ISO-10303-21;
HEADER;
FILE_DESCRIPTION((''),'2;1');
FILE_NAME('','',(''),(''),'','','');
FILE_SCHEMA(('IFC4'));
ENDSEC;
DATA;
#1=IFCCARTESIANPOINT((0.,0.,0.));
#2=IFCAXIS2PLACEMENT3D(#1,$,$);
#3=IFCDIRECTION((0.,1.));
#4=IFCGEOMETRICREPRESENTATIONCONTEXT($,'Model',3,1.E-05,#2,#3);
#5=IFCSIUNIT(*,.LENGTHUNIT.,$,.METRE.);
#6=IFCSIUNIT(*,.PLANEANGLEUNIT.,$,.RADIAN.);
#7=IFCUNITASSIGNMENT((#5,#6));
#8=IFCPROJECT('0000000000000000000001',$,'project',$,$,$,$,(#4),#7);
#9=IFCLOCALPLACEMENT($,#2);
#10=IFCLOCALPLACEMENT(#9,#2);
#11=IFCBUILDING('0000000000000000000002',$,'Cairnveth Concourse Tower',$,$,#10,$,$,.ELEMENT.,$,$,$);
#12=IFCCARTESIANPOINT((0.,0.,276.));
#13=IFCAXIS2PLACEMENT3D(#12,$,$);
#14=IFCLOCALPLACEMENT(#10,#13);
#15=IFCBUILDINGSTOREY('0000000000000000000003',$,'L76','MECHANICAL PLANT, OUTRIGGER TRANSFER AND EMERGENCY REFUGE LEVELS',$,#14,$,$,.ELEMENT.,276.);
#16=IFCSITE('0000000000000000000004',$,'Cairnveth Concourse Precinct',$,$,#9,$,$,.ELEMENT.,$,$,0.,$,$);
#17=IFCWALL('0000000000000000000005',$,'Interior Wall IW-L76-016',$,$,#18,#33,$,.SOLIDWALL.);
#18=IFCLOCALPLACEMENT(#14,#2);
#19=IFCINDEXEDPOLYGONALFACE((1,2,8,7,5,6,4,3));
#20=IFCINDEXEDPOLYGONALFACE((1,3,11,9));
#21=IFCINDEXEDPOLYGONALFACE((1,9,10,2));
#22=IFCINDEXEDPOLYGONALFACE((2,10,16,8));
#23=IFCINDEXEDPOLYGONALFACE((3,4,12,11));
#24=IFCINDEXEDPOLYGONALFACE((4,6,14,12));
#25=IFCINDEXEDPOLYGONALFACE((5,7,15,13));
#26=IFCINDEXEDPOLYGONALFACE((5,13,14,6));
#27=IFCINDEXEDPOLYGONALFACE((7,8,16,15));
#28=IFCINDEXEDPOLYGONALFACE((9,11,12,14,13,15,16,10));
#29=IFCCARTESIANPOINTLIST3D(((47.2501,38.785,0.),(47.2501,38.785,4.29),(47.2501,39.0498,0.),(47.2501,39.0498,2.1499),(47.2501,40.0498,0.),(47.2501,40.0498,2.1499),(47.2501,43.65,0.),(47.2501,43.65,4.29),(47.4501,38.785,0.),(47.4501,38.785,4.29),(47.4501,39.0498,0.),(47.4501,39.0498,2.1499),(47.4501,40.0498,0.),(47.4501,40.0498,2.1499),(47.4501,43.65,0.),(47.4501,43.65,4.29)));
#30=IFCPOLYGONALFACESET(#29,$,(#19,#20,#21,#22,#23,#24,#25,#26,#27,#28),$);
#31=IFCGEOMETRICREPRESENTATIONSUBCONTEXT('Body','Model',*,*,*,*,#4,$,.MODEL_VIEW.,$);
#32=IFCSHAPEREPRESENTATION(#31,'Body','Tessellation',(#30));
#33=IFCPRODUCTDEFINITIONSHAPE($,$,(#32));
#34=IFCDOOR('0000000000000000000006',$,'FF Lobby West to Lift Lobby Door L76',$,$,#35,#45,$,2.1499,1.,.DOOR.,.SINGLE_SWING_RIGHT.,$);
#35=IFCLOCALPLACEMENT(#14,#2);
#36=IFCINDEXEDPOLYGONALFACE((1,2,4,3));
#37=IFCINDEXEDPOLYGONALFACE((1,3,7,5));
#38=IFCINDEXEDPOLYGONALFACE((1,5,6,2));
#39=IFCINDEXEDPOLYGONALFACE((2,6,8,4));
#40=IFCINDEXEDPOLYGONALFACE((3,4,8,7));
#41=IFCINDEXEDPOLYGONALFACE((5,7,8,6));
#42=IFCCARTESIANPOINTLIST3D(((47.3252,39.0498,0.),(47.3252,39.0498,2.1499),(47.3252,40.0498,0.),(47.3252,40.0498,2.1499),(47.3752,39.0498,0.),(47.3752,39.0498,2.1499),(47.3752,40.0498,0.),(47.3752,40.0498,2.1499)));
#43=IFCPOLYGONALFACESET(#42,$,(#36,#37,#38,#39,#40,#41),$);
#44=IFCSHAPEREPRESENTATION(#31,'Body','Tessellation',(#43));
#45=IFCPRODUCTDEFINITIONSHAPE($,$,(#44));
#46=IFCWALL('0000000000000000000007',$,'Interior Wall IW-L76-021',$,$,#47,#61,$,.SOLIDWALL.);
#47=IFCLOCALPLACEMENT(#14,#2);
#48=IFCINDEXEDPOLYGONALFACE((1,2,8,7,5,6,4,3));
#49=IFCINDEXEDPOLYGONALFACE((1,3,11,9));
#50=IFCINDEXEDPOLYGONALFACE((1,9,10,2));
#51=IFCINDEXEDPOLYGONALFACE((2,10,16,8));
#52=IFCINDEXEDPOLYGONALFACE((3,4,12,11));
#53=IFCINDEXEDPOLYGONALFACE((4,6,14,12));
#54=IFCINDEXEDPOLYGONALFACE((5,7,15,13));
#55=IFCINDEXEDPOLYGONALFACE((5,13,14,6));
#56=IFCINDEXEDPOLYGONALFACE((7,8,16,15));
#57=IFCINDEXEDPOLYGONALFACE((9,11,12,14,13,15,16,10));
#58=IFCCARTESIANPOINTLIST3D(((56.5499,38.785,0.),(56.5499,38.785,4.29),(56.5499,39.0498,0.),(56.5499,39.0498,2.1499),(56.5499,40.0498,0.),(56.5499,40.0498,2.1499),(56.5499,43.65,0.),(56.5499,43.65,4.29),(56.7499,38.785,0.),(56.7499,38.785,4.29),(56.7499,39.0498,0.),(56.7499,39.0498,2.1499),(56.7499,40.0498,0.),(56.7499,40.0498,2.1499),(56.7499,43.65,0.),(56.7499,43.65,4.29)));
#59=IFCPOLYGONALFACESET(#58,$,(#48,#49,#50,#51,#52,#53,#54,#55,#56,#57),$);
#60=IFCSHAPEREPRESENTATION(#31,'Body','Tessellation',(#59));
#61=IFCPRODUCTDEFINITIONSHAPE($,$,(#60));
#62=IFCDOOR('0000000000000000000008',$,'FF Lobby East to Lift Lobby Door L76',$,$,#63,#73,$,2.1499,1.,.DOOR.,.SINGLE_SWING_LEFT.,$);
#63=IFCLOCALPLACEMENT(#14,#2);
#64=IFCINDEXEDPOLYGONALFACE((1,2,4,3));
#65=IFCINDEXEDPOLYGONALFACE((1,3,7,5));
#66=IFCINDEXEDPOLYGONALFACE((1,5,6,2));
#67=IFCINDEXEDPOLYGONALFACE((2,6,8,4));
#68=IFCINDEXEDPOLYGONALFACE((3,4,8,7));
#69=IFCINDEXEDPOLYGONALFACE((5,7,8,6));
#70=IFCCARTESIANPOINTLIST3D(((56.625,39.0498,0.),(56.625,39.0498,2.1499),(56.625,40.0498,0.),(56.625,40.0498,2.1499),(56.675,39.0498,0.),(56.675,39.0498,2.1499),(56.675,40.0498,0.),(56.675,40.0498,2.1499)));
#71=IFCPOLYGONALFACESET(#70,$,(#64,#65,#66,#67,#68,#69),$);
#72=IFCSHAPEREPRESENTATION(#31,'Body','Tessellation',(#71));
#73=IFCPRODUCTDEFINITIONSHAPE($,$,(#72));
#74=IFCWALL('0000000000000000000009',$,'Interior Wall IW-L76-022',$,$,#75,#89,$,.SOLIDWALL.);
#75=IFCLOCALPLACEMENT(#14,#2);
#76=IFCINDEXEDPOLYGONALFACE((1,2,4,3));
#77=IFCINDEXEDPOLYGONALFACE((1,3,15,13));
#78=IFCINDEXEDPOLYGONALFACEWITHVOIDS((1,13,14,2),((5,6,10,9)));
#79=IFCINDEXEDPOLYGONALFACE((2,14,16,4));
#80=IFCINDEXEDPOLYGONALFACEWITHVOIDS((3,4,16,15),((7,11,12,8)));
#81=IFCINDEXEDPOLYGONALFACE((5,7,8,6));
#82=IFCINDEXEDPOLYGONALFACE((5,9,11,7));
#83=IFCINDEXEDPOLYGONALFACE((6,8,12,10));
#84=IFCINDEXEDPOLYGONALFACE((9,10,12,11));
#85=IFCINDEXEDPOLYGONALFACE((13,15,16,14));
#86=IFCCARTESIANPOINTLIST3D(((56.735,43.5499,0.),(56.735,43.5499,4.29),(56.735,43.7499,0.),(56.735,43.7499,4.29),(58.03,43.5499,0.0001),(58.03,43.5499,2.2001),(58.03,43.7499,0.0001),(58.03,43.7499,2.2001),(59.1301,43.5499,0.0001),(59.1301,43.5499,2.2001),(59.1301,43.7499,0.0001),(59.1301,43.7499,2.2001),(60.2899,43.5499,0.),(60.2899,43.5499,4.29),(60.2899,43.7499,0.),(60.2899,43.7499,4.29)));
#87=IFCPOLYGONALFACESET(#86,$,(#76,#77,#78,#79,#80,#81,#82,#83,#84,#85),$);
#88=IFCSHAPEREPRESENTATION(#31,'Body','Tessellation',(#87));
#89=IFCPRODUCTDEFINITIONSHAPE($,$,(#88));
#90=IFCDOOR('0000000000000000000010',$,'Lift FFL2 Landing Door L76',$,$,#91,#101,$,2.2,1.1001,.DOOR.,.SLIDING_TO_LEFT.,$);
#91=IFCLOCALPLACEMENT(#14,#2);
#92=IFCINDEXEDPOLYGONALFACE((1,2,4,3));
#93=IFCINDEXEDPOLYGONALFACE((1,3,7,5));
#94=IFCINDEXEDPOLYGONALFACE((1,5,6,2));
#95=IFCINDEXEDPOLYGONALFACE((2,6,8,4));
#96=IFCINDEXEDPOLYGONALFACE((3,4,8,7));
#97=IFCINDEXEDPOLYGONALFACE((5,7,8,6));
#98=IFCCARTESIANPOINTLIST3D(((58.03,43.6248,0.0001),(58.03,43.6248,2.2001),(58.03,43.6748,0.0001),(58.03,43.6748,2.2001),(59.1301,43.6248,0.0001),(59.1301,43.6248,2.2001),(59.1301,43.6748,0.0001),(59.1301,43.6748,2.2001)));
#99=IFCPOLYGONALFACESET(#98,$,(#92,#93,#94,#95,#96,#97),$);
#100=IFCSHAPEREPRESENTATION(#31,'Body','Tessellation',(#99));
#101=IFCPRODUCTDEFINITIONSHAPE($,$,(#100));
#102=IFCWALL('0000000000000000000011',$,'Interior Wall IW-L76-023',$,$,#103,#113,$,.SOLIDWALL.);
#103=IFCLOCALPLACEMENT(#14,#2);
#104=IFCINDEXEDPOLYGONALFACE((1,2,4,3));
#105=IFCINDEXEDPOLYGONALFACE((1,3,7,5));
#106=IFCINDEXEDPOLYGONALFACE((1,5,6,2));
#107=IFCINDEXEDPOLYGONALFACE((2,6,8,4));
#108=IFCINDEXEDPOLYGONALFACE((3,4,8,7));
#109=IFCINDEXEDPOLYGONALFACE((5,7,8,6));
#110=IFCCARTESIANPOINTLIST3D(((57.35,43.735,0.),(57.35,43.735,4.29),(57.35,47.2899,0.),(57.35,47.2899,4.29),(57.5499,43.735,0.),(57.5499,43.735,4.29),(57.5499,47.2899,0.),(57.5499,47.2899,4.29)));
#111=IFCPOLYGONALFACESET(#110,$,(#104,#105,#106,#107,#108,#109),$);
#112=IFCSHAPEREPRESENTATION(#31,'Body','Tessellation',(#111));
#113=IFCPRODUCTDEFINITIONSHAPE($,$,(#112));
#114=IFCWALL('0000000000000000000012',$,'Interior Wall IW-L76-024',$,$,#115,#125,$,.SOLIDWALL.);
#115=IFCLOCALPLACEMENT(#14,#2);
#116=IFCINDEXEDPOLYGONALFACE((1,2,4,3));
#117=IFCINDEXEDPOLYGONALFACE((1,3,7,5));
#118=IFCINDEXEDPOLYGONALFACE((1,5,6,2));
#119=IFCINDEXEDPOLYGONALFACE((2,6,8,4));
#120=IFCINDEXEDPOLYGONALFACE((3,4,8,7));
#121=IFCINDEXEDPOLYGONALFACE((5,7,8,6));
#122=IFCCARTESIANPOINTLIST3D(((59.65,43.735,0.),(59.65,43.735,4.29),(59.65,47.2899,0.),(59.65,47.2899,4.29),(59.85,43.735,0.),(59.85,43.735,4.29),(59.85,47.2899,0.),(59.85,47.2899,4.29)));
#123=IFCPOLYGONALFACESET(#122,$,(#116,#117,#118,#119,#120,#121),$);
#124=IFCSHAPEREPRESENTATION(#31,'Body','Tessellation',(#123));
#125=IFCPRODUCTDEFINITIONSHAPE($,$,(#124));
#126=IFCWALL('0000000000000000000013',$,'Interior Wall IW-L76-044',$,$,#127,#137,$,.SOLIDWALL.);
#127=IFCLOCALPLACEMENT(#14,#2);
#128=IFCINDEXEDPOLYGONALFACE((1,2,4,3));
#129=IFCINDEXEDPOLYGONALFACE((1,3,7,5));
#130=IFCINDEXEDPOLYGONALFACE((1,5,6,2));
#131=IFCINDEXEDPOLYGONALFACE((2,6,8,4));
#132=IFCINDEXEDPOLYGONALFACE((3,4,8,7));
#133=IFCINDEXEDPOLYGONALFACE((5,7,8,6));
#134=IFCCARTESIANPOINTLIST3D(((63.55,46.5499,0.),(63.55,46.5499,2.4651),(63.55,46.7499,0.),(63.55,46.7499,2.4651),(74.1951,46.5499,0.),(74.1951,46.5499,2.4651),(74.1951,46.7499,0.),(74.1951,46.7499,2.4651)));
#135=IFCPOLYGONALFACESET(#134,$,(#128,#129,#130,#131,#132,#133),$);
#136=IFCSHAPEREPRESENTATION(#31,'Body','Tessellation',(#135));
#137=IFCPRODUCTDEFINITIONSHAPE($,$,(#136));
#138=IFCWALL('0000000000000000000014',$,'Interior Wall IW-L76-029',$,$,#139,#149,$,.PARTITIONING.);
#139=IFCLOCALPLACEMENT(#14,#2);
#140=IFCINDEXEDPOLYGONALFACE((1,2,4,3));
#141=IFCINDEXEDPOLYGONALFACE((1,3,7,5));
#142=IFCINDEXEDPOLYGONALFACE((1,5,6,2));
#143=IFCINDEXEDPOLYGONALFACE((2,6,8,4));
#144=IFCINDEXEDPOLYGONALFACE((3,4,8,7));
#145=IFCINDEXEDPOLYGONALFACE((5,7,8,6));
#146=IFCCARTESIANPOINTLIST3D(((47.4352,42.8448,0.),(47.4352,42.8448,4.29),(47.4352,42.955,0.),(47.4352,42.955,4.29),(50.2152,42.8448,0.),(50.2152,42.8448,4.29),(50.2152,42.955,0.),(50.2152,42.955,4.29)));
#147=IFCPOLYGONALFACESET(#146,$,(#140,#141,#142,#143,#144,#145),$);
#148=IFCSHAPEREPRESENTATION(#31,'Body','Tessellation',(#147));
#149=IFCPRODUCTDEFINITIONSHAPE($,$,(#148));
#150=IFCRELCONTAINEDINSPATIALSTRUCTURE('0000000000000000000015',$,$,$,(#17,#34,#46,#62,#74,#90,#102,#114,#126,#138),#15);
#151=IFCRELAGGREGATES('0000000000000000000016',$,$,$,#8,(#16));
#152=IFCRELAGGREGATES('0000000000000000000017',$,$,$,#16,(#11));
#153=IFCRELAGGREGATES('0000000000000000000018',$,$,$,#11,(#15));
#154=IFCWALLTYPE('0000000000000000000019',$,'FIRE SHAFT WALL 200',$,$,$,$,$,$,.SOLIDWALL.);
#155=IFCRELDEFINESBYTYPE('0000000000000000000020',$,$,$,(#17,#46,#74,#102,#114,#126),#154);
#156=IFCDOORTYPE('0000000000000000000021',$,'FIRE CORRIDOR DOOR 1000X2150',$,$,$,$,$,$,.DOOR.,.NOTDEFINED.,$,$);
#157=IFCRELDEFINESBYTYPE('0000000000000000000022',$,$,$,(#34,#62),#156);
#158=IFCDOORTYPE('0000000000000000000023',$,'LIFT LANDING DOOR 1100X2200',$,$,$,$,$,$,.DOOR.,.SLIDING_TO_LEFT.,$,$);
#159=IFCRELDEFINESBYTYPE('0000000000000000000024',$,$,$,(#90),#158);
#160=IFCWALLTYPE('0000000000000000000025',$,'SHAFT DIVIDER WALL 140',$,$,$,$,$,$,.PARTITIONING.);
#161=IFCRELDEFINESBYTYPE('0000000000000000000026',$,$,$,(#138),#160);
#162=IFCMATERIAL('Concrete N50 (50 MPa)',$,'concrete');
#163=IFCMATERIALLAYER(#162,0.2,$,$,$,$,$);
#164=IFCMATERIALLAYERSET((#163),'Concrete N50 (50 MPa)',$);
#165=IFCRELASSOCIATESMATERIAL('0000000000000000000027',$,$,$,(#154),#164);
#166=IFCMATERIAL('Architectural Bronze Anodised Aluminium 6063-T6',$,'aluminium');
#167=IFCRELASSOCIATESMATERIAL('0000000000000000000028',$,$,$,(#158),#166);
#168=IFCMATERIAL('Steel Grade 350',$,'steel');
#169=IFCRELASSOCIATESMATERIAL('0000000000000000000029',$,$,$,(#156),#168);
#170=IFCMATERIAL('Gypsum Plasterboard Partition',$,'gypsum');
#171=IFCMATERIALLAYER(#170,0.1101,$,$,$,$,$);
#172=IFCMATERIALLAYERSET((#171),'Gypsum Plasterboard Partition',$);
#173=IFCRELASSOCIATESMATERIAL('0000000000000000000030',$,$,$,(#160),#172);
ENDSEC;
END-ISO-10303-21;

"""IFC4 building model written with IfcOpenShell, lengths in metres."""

from ifc_helpers import new_model, si_unit, direction, frame, frame_2d, origin, place, context, subcontext, project, spatial, rectangle, extrude, material, layer, layer_set, type_object, element, fill, save


model = new_model("IFC4")

# Units and contexts
model_context = context("Model", 3, precision=1e-05, world=origin(), true_north=direction((0.0, 1.0)))
body_context = subcontext(model_context, "Body", "Model", "MODEL_VIEW")
ifc_project = project(units=[si_unit("LENGTHUNIT", "METRE"), si_unit("PLANEANGLEUNIT", "RADIAN")], contexts=[model_context])

# Site, building, storey
site_placement = place(None, origin())
site = spatial("IfcSite", under=ifc_project, at=site_placement, Name="Cairnveth Concourse Precinct", CompositionType="ELEMENT", RefElevation=0.0)
building_placement = place(site_placement, origin())
building = spatial("IfcBuilding", under=site, at=building_placement, Name="Cairnveth Concourse Tower", CompositionType="ELEMENT")
storey_placement = place(building_placement, frame((0.0, 0.0, 276.0)))
storey = spatial("IfcBuildingStorey", under=building, at=storey_placement, Name="L76", Description="MECHANICAL PLANT, OUTRIGGER TRANSFER AND EMERGENCY REFUGE LEVELS", CompositionType="ELEMENT", Elevation=276.0)

# Shared definitions
ifc_material_1 = material(Name="Steel Grade 350", Category="steel")

# Shared definitions
ifc_material_2 = material(Name="Gypsum Plasterboard Partition", Category="gypsum")
ifc_material_3 = material(Name="Concrete N50 (50 MPa)", Category="concrete")
ifc_layer_1 = layer(ifc_material_3, 0.2)
ifc_layer_set_1 = layer_set([ifc_layer_1], Name="Concrete N50 (50 MPa)")
wall_type_1 = type_object("IfcWallType", Name="FIRE SHAFT WALL 200", PredefinedType="SOLIDWALL", material=ifc_layer_set_1)

# Shared definitions
ifc_material_4 = material(Name="Architectural Bronze Anodised Aluminium 6063-T6", Category="aluminium")
door_type_1 = type_object("IfcDoorType", Name="LIFT LANDING DOOR 1100X2200", OperationType="SLIDING_TO_LEFT", PredefinedType="DOOR", material=ifc_material_4)

# Walls, openings, doors
wall_1_placement = place(storey_placement, frame((47.3501, 38.7849, 0.0), z_axis=(0.0, 0.0, 1.0), x_axis=(0.0, 1.0, 0.0)))
wall_1 = element("IfcWall", 1, at=wall_1_placement, inside=storey, type_object=wall_type_1, Name="Interior Wall IW-L76-016", PredefinedType="SOLIDWALL", context=body_context, shape_type="SweptSolid", body=[
    extrude(rectangle(XDim=4.865, YDim=0.2, at=frame_2d((2.4326, 0.0))), origin(), (0.0, 0.0, 1.0), 4.29),
])
opening_1_placement = place(wall_1_placement, frame((0.2649, 0.0, 0.0)))
opening_1 = element("IfcOpeningElement", 2, at=opening_1_placement, cuts=wall_1, PredefinedType="OPENING", context=body_context, shape_type="SweptSolid", body=[
    extrude(rectangle(XDim=1.0, YDim=2.1499, at=frame_2d((0.5, 1.075))), frame((0.0, 0.1099, 0.0), z_axis=(0.0, -1.0, 0.0), x_axis=(1.0, 0.0, 0.0)), (0.0, 0.0, 1.0), 0.22),
])
door_type_2 = type_object("IfcDoorType", Name="FIRE CORRIDOR DOOR 1000X2150", OperationType="NOTDEFINED", PredefinedType="DOOR", material=ifc_material_1)
door_1_placement = place(opening_1_placement, origin())
door_1 = element("IfcDoor", 3, at=door_1_placement, inside=storey, type_object=door_type_2, Name="FF Lobby West to Lift Lobby Door L76", OperationType="SINGLE_SWING_RIGHT", OverallHeight=2.1499, OverallWidth=1.0, PredefinedType="DOOR", context=body_context, shape_type="SweptSolid", body=[
    extrude(rectangle(XDim=1.0, YDim=2.1499, at=frame_2d((0.5, 1.075))), frame((0.0, 0.0249, 0.0), z_axis=(0.0, -1.0, 0.0), x_axis=(1.0, 0.0, 0.0)), (0.0, 0.0, 1.0), 0.05),
])
fill(opening_1, door_1)
wall_2_placement = place(storey_placement, frame((56.6499, 38.7849, 0.0), z_axis=(0.0, 0.0, 1.0), x_axis=(0.0, 1.0, 0.0)))
wall_2 = element("IfcWall", 4, at=wall_2_placement, inside=storey, type_object=wall_type_1, Name="Interior Wall IW-L76-021", PredefinedType="SOLIDWALL", context=body_context, shape_type="SweptSolid", body=[
    extrude(rectangle(XDim=4.865, YDim=0.2, at=frame_2d((2.4326, 0.0))), origin(), (0.0, 0.0, 1.0), 4.29),
])
opening_2_placement = place(wall_2_placement, frame((0.2649, 0.0, 0.0)))
opening_2 = element("IfcOpeningElement", 5, at=opening_2_placement, cuts=wall_2, PredefinedType="OPENING", context=body_context, shape_type="SweptSolid", body=[
    extrude(rectangle(XDim=1.0, YDim=2.1499, at=frame_2d((0.5, 1.075))), frame((0.0, 0.1099, 0.0), z_axis=(0.0, -1.0, 0.0), x_axis=(1.0, 0.0, 0.0)), (0.0, 0.0, 1.0), 0.22),
])
door_2_placement = place(opening_2_placement, origin())
door_2 = element("IfcDoor", 6, at=door_2_placement, inside=storey, type_object=door_type_2, Name="FF Lobby East to Lift Lobby Door L76", OperationType="SINGLE_SWING_LEFT", OverallHeight=2.1499, OverallWidth=1.0, PredefinedType="DOOR", context=body_context, shape_type="SweptSolid", body=[
    extrude(rectangle(XDim=1.0, YDim=2.1499, at=frame_2d((0.5, 1.075))), frame((0.0, 0.0249, 0.0), z_axis=(0.0, -1.0, 0.0), x_axis=(1.0, 0.0, 0.0)), (0.0, 0.0, 1.0), 0.05),
])
fill(opening_2, door_2)
wall_3_placement = place(storey_placement, frame((56.7351, 43.6499, 0.0), z_axis=(0.0, 0.0, 1.0), x_axis=(1.0, 0.0, 0.0)))
wall_3 = element("IfcWall", 7, at=wall_3_placement, inside=storey, type_object=wall_type_1, Name="Interior Wall IW-L76-022", PredefinedType="SOLIDWALL", context=body_context, shape_type="SweptSolid", body=[
    extrude(rectangle(XDim=3.5549, YDim=0.2, at=frame_2d((1.7773, 0.0))), origin(), (0.0, 0.0, 1.0), 4.29),
])
opening_3_placement = place(wall_3_placement, frame((1.2949, 0.0, 0.0)))
opening_3 = element("IfcOpeningElement", 8, at=opening_3_placement, cuts=wall_3, PredefinedType="OPENING", context=body_context, shape_type="SweptSolid", body=[
    extrude(rectangle(XDim=1.1001, YDim=2.2, at=frame_2d((0.55, 1.1001))), frame((0.0, 0.1099, 0.0), z_axis=(0.0, -1.0, 0.0), x_axis=(1.0, 0.0, 0.0)), (0.0, 0.0, 1.0), 0.22),
])
door_3_placement = place(opening_3_placement, origin())
door_3 = element("IfcDoor", 9, at=door_3_placement, inside=storey, type_object=door_type_1, Name="Lift FFL2 Landing Door L76", OperationType="SLIDING_TO_LEFT", OverallHeight=2.2, OverallWidth=1.1001, PredefinedType="DOOR", context=body_context, shape_type="SweptSolid", body=[
    extrude(rectangle(XDim=1.1001, YDim=2.2, at=frame_2d((0.55, 1.1001))), frame((0.0, 0.0249, 0.0), z_axis=(0.0, -1.0, 0.0), x_axis=(1.0, 0.0, 0.0)), (0.0, 0.0, 1.0), 0.05),
])
fill(opening_3, door_3)

# Walls
for number, where, z_axis, x_axis, name in (
    (10, (57.45, 43.7351, 0.0), (0.0, 0.0, 1.0), (0.0, 1.0, 0.0), "Interior Wall IW-L76-023"),
    (11, (59.75, 43.7351, 0.0), (0.0, 0.0, 1.0), (0.0, 1.0, 0.0), "Interior Wall IW-L76-024"),
):
    element("IfcWall", number, at=place(storey_placement, frame(where, z_axis=z_axis, x_axis=x_axis)), inside=storey, type_object=wall_type_1, Name=name, PredefinedType="SOLIDWALL", context=body_context, shape_type="SweptSolid", body=[
        extrude(rectangle(XDim=3.5549, YDim=0.2, at=frame_2d((1.7773, 0.0))), origin(), (0.0, 0.0, 1.0), 4.29),
    ])
wall_4_placement = place(storey_placement, frame((63.55, 46.6499, 0.0), z_axis=(0.0, 0.0, 1.0), x_axis=(1.0, 0.0, 0.0)))
element("IfcWall", 12, at=wall_4_placement, inside=storey, type_object=wall_type_1, Name="Interior Wall IW-L76-044", PredefinedType="SOLIDWALL", context=body_context, shape_type="SweptSolid", body=[
    extrude(rectangle(XDim=10.645, YDim=0.2, at=frame_2d((5.3225, 0.0))), origin(), (0.0, 0.0, 1.0), 2.4651),
])
ifc_layer_2 = layer(ifc_material_2, 0.1101)
ifc_layer_set_2 = layer_set([ifc_layer_2], Name="Gypsum Plasterboard Partition")
wall_type_2 = type_object("IfcWallType", Name="SHAFT DIVIDER WALL 140", PredefinedType="PARTITIONING", material=ifc_layer_set_2)
wall_5_placement = place(storey_placement, frame((47.4351, 42.8999, 0.0), z_axis=(0.0, 0.0, 1.0), x_axis=(1.0, 0.0, 0.0)))
element("IfcWall", 13, at=wall_5_placement, inside=storey, type_object=wall_type_2, Name="Interior Wall IW-L76-029", PredefinedType="PARTITIONING", context=body_context, shape_type="SweptSolid", body=[
    extrude(rectangle(XDim=2.78, YDim=0.1101, at=frame_2d((1.3901, 0.0))), origin(), (0.0, 0.0, 1.0), 4.29),
])

save(model, "model.ifc")
